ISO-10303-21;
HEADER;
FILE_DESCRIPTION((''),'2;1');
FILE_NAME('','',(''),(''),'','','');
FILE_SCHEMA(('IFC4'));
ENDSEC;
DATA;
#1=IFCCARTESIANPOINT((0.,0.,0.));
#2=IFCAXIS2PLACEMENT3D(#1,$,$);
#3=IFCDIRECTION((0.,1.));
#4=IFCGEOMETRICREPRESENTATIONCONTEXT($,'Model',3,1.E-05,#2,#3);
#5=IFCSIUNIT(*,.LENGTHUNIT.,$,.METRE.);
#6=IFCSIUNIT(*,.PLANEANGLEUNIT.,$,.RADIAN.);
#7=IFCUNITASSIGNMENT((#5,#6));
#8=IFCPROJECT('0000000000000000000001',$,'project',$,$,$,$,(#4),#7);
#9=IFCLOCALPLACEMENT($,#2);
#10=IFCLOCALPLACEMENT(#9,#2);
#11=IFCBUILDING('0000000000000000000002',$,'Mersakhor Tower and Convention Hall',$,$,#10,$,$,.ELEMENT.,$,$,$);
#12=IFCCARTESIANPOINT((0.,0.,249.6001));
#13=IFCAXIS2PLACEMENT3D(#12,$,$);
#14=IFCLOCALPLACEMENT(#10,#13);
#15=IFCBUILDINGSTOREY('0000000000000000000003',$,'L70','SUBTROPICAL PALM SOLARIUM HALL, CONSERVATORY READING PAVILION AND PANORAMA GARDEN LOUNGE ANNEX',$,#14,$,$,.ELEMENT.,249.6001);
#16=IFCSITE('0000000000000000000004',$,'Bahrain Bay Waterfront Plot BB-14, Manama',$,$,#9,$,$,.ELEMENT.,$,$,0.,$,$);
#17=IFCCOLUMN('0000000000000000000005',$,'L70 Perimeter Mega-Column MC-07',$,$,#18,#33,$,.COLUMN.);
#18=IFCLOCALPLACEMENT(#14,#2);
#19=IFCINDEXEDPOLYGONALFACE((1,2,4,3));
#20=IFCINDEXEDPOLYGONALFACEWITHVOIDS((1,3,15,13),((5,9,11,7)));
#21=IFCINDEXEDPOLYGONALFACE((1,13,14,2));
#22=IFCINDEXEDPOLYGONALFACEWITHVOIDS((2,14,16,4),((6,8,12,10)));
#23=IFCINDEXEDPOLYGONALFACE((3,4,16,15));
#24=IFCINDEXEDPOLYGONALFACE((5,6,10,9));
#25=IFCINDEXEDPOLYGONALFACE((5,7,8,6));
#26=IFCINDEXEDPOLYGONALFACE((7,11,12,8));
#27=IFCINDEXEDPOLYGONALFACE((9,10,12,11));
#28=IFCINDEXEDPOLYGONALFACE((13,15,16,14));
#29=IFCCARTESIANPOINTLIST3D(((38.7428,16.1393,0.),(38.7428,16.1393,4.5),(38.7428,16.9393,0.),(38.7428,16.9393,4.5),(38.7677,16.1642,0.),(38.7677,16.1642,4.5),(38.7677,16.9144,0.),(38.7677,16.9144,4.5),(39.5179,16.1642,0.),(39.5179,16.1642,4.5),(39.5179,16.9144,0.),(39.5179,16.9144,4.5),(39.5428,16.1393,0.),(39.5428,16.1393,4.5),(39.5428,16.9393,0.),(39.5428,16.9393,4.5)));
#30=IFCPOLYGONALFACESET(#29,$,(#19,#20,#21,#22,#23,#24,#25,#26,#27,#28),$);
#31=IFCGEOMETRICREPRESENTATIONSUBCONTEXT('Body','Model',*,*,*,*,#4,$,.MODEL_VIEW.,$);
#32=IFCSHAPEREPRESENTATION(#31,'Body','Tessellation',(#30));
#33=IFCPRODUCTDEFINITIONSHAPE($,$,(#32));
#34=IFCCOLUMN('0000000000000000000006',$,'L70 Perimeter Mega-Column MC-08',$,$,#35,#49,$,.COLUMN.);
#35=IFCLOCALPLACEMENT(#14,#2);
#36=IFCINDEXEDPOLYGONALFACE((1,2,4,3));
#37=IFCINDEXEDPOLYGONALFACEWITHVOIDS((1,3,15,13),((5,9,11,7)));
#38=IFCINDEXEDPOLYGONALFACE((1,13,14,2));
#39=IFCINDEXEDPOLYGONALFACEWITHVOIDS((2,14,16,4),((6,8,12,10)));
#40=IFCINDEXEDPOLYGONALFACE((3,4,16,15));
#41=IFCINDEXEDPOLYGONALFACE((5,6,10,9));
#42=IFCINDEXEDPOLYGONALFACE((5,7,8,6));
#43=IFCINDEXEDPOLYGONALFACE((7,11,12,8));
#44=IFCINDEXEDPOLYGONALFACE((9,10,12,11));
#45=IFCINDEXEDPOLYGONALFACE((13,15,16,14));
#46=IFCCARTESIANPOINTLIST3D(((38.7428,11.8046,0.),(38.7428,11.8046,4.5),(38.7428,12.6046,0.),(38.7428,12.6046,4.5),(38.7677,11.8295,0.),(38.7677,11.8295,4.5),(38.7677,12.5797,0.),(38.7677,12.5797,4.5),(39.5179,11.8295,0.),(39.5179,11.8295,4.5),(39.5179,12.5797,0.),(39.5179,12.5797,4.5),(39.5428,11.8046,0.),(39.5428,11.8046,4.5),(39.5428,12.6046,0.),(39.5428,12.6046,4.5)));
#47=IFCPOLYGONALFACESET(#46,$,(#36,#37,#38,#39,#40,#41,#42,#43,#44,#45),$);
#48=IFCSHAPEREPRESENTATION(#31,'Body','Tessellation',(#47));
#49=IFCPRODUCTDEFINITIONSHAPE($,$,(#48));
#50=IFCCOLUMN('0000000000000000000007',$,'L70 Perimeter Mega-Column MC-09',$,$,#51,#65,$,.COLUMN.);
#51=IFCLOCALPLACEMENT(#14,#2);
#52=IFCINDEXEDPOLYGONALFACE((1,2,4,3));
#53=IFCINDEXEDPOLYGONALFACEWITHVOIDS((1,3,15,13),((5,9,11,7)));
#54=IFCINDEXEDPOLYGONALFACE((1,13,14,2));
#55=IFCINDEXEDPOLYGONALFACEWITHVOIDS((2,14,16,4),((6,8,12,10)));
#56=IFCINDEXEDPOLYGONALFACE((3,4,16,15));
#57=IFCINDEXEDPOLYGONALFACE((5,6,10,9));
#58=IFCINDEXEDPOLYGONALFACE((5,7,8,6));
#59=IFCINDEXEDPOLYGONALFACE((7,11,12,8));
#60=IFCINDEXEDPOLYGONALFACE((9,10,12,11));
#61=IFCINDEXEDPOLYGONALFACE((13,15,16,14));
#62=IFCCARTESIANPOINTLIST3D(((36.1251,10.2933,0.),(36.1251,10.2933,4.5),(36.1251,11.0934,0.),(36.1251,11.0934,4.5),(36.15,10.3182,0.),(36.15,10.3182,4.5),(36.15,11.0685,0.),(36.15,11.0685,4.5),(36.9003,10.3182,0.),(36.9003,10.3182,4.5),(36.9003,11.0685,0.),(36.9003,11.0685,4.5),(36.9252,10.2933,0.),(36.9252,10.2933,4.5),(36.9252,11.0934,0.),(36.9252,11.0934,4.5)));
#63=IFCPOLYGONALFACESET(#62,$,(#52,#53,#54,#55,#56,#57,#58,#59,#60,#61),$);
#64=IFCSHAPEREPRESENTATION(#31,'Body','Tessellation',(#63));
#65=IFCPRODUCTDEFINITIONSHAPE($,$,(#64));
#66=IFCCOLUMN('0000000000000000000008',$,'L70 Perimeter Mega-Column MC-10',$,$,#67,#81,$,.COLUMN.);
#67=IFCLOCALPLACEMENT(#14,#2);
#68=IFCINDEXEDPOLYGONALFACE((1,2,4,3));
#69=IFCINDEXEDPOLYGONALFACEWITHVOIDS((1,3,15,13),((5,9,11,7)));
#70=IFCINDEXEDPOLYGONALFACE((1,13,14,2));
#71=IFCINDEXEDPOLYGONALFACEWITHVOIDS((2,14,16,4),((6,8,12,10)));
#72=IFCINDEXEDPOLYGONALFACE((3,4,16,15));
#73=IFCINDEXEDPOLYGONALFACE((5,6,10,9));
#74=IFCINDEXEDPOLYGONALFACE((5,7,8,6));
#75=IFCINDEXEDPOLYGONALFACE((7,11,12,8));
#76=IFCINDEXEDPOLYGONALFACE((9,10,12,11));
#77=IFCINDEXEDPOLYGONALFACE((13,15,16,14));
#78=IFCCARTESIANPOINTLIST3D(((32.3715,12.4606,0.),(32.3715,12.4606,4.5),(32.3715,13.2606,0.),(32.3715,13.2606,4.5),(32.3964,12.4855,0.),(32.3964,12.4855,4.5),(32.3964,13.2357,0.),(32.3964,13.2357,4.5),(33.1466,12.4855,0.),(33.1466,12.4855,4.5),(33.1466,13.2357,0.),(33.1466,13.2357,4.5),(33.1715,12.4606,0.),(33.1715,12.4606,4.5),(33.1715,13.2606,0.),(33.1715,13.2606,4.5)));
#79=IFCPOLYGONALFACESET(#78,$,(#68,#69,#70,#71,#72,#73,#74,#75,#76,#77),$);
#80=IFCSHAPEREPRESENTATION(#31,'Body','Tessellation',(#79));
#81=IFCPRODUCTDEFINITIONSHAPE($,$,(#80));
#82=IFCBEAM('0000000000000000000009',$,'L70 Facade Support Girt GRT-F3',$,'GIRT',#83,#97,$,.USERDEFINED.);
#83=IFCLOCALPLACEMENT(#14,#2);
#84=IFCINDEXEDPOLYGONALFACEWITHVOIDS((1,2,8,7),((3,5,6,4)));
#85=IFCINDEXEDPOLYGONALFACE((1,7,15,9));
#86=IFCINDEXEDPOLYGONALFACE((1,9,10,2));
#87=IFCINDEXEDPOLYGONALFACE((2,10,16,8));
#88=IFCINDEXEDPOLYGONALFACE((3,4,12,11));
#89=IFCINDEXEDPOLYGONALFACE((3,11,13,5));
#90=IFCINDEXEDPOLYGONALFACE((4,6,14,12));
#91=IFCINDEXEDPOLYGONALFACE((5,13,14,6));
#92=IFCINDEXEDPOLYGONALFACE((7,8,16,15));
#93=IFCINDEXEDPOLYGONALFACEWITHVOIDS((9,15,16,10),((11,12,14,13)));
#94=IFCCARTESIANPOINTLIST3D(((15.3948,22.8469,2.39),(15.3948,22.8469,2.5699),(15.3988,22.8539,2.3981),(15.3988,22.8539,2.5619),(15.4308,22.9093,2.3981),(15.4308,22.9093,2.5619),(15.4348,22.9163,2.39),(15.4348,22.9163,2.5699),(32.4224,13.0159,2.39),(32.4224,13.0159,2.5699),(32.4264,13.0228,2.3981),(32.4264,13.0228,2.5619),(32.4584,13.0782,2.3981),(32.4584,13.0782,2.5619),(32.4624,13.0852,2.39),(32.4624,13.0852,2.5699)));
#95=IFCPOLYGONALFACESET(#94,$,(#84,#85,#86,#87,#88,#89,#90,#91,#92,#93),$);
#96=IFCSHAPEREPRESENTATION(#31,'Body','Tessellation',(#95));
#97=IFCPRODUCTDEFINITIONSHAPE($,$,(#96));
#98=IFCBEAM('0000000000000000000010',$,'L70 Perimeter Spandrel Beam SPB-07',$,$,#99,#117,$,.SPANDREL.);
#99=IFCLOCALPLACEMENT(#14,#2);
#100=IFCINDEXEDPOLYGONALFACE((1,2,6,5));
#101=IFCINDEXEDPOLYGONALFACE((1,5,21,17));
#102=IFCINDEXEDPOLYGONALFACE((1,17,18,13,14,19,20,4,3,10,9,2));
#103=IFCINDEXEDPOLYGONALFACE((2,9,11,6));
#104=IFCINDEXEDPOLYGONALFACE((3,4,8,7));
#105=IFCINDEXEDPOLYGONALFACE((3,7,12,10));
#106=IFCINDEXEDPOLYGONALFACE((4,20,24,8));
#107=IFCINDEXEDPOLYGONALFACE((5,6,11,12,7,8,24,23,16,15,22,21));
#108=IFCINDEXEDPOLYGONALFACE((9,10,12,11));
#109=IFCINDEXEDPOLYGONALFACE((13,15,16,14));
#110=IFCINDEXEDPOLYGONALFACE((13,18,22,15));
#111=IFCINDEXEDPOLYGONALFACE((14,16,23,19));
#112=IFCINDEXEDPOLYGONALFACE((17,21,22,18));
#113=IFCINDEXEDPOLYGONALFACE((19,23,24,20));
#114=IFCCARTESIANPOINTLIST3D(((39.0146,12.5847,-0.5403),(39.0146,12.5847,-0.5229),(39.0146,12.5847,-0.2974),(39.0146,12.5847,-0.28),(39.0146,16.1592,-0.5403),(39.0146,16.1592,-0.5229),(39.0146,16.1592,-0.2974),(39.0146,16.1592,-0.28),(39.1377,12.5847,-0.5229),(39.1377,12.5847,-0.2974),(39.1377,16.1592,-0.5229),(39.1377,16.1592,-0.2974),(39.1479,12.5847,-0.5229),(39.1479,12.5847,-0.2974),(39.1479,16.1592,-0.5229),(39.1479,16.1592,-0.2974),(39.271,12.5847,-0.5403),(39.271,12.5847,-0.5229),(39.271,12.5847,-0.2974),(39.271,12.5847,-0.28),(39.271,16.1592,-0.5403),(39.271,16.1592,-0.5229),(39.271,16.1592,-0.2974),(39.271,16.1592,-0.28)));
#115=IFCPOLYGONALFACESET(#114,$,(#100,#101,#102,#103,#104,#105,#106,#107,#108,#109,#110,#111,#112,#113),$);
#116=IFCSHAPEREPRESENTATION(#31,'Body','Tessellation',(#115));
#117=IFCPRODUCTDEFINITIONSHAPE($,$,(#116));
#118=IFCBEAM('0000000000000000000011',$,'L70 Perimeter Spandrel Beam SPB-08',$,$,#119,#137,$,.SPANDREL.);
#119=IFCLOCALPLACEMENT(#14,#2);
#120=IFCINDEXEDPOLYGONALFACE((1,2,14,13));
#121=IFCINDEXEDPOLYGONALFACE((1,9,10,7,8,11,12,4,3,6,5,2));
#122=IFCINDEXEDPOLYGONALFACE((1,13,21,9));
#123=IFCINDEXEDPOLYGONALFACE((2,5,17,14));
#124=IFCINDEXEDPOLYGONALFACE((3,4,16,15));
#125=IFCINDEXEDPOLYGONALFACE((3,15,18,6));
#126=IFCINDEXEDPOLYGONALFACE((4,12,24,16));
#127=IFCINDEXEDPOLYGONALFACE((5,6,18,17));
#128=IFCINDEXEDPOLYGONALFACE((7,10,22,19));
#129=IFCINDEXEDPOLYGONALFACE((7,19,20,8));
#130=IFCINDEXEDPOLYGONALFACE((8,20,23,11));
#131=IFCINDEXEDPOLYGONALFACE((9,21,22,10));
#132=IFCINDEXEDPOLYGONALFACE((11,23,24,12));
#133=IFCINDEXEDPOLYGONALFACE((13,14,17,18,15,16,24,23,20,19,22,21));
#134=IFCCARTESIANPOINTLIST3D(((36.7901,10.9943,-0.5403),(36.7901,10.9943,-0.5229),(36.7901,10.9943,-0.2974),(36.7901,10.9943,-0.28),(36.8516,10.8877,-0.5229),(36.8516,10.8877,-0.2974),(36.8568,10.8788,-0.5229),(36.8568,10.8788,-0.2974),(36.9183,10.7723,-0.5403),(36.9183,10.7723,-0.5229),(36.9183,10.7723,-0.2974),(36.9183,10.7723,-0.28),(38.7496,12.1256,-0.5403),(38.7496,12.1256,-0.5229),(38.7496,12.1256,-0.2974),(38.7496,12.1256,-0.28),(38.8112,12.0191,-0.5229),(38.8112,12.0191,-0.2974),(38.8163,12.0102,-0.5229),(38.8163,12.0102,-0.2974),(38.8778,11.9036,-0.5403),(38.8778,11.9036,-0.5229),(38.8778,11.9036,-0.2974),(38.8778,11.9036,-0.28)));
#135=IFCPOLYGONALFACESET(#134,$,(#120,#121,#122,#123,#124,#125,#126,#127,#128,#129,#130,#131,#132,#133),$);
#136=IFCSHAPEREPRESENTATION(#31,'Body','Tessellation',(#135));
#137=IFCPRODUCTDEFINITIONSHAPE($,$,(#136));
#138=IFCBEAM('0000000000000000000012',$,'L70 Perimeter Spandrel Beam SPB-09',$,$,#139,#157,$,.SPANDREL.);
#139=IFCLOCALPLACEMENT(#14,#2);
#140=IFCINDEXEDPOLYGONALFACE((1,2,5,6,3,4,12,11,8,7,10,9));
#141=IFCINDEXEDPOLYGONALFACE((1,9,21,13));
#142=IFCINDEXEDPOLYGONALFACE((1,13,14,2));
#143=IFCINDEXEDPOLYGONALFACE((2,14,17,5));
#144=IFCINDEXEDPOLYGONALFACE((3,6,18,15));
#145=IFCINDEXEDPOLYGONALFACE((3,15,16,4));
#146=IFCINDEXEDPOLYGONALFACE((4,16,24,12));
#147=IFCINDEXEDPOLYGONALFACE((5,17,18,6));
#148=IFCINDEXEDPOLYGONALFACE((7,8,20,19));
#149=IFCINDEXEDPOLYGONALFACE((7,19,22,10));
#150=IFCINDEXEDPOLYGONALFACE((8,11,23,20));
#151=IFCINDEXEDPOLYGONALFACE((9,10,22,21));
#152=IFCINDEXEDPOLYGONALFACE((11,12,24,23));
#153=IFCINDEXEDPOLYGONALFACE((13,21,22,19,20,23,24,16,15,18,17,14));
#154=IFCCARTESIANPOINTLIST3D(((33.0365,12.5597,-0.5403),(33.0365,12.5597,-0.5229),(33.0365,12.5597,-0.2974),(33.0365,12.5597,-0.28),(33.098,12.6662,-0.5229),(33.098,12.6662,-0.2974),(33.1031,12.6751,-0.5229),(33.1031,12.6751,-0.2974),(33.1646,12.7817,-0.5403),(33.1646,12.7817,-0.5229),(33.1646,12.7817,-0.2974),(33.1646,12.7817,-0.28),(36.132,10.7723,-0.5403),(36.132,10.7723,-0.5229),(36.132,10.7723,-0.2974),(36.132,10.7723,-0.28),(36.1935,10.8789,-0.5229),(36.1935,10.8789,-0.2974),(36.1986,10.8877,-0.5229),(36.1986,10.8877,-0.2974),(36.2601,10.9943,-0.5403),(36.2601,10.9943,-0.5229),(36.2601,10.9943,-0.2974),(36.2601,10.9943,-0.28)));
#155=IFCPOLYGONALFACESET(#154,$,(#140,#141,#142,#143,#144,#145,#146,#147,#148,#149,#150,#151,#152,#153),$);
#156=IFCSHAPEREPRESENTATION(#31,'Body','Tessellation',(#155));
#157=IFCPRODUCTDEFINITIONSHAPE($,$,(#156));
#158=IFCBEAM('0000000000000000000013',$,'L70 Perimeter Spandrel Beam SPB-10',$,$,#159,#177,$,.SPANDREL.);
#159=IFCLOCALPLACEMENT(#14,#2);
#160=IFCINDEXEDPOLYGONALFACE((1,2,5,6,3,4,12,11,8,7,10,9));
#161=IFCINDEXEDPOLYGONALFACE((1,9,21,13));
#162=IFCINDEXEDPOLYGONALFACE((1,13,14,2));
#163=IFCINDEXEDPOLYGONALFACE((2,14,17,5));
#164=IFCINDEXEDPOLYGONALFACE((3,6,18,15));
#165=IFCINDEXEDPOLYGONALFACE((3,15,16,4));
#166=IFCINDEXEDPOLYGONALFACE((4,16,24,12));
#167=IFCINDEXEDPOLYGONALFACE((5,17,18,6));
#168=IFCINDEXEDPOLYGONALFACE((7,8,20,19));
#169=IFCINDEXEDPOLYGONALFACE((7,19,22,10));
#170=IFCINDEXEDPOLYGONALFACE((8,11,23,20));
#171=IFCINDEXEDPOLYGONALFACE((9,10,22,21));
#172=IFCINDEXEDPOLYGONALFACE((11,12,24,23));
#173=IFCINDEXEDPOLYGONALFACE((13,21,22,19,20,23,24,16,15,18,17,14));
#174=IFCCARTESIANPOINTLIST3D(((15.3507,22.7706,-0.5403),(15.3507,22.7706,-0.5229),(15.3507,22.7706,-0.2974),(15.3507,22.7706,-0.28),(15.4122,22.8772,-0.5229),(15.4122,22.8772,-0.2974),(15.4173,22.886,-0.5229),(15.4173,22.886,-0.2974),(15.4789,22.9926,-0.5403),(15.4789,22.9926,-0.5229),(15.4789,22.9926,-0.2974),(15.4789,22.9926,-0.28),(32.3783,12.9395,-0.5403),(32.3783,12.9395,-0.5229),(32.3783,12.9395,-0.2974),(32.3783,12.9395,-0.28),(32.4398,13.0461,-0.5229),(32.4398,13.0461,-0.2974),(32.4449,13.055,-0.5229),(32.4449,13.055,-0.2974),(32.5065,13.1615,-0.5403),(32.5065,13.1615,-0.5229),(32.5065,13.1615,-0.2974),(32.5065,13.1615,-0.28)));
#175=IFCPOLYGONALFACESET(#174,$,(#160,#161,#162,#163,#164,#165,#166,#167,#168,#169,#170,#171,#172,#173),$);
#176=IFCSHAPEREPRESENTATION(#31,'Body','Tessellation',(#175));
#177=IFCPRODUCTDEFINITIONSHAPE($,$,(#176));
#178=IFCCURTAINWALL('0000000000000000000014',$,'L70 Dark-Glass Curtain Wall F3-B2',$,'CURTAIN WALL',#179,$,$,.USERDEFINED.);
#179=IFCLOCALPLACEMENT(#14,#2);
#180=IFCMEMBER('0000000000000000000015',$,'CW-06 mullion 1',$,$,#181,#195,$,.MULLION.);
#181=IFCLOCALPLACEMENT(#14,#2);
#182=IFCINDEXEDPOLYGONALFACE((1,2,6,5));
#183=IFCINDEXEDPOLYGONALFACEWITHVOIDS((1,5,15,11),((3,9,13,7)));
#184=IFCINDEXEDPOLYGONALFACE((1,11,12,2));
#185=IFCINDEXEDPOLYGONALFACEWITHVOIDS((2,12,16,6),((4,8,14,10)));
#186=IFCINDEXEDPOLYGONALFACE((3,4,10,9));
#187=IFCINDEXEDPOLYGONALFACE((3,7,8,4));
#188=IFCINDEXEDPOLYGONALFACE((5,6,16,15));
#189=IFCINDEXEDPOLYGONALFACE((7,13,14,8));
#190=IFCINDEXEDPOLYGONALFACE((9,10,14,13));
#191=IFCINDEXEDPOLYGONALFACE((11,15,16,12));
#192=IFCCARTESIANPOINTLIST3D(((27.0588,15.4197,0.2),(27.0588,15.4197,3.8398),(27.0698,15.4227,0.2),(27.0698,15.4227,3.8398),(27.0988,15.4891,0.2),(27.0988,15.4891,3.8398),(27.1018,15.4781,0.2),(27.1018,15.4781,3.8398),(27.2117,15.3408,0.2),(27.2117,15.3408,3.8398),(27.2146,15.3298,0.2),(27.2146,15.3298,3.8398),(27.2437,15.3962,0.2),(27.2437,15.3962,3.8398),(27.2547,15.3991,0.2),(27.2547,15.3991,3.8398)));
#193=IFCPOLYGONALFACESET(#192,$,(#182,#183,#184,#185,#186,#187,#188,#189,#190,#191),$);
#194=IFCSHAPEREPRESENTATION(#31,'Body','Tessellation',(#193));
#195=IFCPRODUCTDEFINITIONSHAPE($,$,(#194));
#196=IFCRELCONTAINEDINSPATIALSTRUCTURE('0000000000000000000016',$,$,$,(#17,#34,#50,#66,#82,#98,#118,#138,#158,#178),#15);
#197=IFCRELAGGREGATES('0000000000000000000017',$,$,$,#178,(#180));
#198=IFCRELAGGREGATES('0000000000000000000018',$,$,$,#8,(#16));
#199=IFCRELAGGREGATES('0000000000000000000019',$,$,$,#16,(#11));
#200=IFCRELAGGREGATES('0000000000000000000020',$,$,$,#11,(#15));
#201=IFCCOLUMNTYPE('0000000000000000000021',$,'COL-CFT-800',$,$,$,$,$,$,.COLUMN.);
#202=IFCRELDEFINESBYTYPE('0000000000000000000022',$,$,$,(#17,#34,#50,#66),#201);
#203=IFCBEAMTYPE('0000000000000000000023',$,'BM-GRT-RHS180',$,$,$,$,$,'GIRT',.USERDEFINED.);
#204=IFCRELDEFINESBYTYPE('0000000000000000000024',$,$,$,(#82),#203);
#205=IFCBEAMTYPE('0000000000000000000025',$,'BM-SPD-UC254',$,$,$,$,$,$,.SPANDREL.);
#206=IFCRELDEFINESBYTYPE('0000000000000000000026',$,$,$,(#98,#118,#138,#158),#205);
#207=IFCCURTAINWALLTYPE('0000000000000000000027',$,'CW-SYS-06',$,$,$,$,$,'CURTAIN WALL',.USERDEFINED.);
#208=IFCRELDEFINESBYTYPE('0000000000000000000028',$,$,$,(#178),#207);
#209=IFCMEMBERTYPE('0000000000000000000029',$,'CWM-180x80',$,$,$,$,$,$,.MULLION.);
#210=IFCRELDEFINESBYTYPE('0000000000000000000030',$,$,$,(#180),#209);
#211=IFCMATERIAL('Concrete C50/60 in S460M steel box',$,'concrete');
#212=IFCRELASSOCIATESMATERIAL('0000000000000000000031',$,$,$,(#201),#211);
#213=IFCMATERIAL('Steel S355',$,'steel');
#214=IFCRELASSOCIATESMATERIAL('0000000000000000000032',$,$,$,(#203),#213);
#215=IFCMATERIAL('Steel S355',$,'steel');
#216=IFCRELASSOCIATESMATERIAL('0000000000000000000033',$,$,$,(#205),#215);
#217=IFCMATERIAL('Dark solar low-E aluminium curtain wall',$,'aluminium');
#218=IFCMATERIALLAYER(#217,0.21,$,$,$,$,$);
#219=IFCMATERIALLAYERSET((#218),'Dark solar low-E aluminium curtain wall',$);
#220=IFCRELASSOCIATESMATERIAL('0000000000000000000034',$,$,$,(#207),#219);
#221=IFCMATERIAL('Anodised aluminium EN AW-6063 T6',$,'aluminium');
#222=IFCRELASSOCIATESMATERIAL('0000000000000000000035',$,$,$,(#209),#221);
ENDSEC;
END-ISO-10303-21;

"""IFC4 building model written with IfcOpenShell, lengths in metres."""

from ifc_helpers import new_model, si_unit, direction, frame, origin, origin_2d, place, context, subcontext, project, spatial, hollow_rectangle, i_section, extrude, material, layer, layer_set, material_profile, profile_set, type_object, element, aggregate, save


model = new_model("IFC4")

# Units and contexts
model_context = context("Model", 3, precision=1e-05, world=origin(), true_north=direction((0.0, 1.0)))
body_context = subcontext(model_context, "Body", "Model", "MODEL_VIEW")
ifc_project = project(units=[si_unit("LENGTHUNIT", "METRE"), si_unit("PLANEANGLEUNIT", "RADIAN")], contexts=[model_context])

# Site, building, storey
site_placement = place(None, origin())
site = spatial("IfcSite", under=ifc_project, at=site_placement, Name="Bahrain Bay Waterfront Plot BB-14, Manama", CompositionType="ELEMENT", RefElevation=0.0)
building_placement = place(site_placement, origin())
building = spatial("IfcBuilding", under=site, at=building_placement, Name="Mersakhor Tower and Convention Hall", CompositionType="ELEMENT")
storey_placement = place(building_placement, frame((0.0, 0.0, 249.6001)))
storey = spatial("IfcBuildingStorey", under=building, at=storey_placement, Name="L70", Description="SUBTROPICAL PALM SOLARIUM HALL, CONSERVATORY READING PAVILION AND PANORAMA GARDEN LOUNGE ANNEX", CompositionType="ELEMENT", Elevation=249.6001)

# Columns
ifc_material_1 = material(Name="Concrete C50/60 in S460M steel box", Category="concrete")
ifc_material_profile_1 = material_profile(ifc_material_1, hollow_rectangle(XDim=0.8, YDim=0.8, WallThickness=0.0249, at=origin_2d()), Name="SHS 800x800x25")
ifc_profile_set_1 = profile_set([ifc_material_profile_1], Name="Concrete C50/60 in S460M steel box")
column_type = type_object("IfcColumnType", Name="COL-CFT-800", PredefinedType="COLUMN", material=ifc_profile_set_1)
for number, where, z_axis, x_axis, name in (
    (1, (39.1428, 16.5393, 0.0), (0.0, 0.0, 1.0), (1.0, 0.0, 0.0), "L70 Perimeter Mega-Column MC-07"),
    (2, (39.1428, 12.2046, 0.0), (0.0, 0.0, 1.0), (1.0, 0.0, 0.0), "L70 Perimeter Mega-Column MC-08"),
    (3, (36.5251, 10.6934, 0.0), (0.0, 0.0, 1.0), (1.0, 0.0, 0.0), "L70 Perimeter Mega-Column MC-09"),
    (4, (32.7715, 12.8606, 0.0), (0.0, 0.0, 1.0), (1.0, 0.0, 0.0), "L70 Perimeter Mega-Column MC-10"),
):
    element("IfcColumn", number, at=place(storey_placement, frame(where, z_axis=z_axis, x_axis=x_axis)), inside=storey, type_object=column_type, Name=name, PredefinedType="COLUMN", context=body_context, shape_type="SweptSolid", body=[
        extrude(hollow_rectangle(XDim=0.8, YDim=0.8, WallThickness=0.0249, at=origin_2d()), origin(), (0.0, 0.0, 1.0), 4.5),
    ])

# Beams
ifc_material_2 = material(Name="Steel S355", Category="steel")
ifc_material_profile_2 = material_profile(ifc_material_2, hollow_rectangle(XDim=0.0801, YDim=0.1799, WallThickness=0.0081, at=origin_2d()), Name="RHS 180x80x8")
ifc_profile_set_2 = profile_set([ifc_material_profile_2], Name="Steel S355")
beam_type_1 = type_object("IfcBeamType", Name="BM-GRT-RHS180", ElementType="GIRT", PredefinedType="USERDEFINED", material=ifc_profile_set_2)
beam_1_placement = place(storey_placement, frame((32.4424, 13.0505, 2.48), z_axis=(-0.866022, 0.500007, 0.0), x_axis=(-0.500007, -0.866022, 0.0)))
element("IfcBeam", 5, at=beam_1_placement, inside=storey, type_object=beam_type_1, Name="L70 Facade Support Girt GRT-F3", ObjectType="GIRT", PredefinedType="USERDEFINED", context=body_context, shape_type="SweptSolid", body=[
    extrude(hollow_rectangle(XDim=0.0801, YDim=0.1799, WallThickness=0.0081, at=origin_2d()), origin(), (0.0, 0.0, 1.0), 19.6619),
])
ifc_material_3 = material(Name="Steel S355", Category="steel")
ifc_material_profile_3 = material_profile(ifc_material_3, i_section(OverallWidth=0.2563, OverallDepth=0.2603, WebThickness=0.0103, FlangeThickness=0.0173, at=origin_2d()), Name="UC 254x254x89")
ifc_profile_set_3 = profile_set([ifc_material_profile_3], Name="Steel S355")
beam_type_2 = type_object("IfcBeamType", Name="BM-SPD-UC254", PredefinedType="SPANDREL", material=ifc_profile_set_3)
beam_2_placement = place(storey_placement, frame((39.1428, 16.1592, -0.4102), z_axis=(0.0, -1.0, 0.0), x_axis=(1.0, 0.0, 0.0)))
element("IfcBeam", 6, at=beam_2_placement, inside=storey, type_object=beam_type_2, Name="L70 Perimeter Spandrel Beam SPB-07", PredefinedType="SPANDREL", context=body_context, shape_type="SweptSolid", body=[
    extrude(i_section(OverallWidth=0.2563, OverallDepth=0.2603, WebThickness=0.0103, FlangeThickness=0.0173, at=origin_2d()), origin(), (0.0, 0.0, 1.0), 3.5745),
])
beam_3_placement = place(storey_placement, frame((38.8137, 12.0146, -0.4102), z_axis=(-0.866017, -0.500015, 0.0), x_axis=(0.500015, -0.866017, 0.0)))
element("IfcBeam", 7, at=beam_3_placement, inside=storey, type_object=beam_type_2, Name="L70 Perimeter Spandrel Beam SPB-08", PredefinedType="SPANDREL", context=body_context, shape_type="SweptSolid", body=[
    extrude(i_section(OverallWidth=0.2563, OverallDepth=0.2603, WebThickness=0.0103, FlangeThickness=0.0173, at=origin_2d()), origin(), (0.0, 0.0, 1.0), 2.2627),
])
beam_4_placement = place(storey_placement, frame((36.196, 10.8833, -0.4102), z_axis=(-0.866002, 0.50004, 0.0), x_axis=(-0.50004, -0.866002, 0.0)))
element("IfcBeam", 8, at=beam_4_placement, inside=storey, type_object=beam_type_2, Name="L70 Perimeter Spandrel Beam SPB-09", PredefinedType="SPANDREL", context=body_context, shape_type="SweptSolid", body=[
    extrude(i_section(OverallWidth=0.2563, OverallDepth=0.2603, WebThickness=0.0103, FlangeThickness=0.0173, at=origin_2d()), origin(), (0.0, 0.0, 1.0), 3.5745),
])
beam_5_placement = place(storey_placement, frame((32.4424, 13.0505, -0.4102), z_axis=(-0.866022, 0.500007, 0.0), x_axis=(-0.500007, -0.866022, 0.0)))
element("IfcBeam", 9, at=beam_5_placement, inside=storey, type_object=beam_type_2, Name="L70 Perimeter Spandrel Beam SPB-10", PredefinedType="SPANDREL", context=body_context, shape_type="SweptSolid", body=[
    extrude(i_section(OverallWidth=0.2563, OverallDepth=0.2603, WebThickness=0.0103, FlangeThickness=0.0173, at=origin_2d()), origin(), (0.0, 0.0, 1.0), 19.6619),
])

# Curtain wall, member
ifc_material_4 = material(Name="Dark solar low-E aluminium curtain wall", Category="aluminium")
ifc_layer_1 = layer(ifc_material_4, 0.21)
ifc_layer_set_1 = layer_set([ifc_layer_1], Name="Dark solar low-E aluminium curtain wall")
curtain_wall_type = type_object("IfcCurtainWallType", Name="CW-SYS-06", ElementType="CURTAIN WALL", PredefinedType="USERDEFINED", material=ifc_layer_set_1)
curtain_wall_placement = place(storey_placement, origin())
curtain_wall = element("IfcCurtainWall", 10, at=curtain_wall_placement, inside=storey, type_object=curtain_wall_type, Name="L70 Dark-Glass Curtain Wall F3-B2", ObjectType="CURTAIN WALL", PredefinedType="USERDEFINED")
ifc_material_5 = material(Name="Anodised aluminium EN AW-6063 T6", Category="aluminium")
ifc_material_profile_4 = material_profile(ifc_material_5, hollow_rectangle(XDim=0.0801, YDim=0.1799, WallThickness=0.0081, at=origin_2d()), Name="RHS 180x80x8")
ifc_profile_set_4 = profile_set([ifc_material_profile_4], Name="Anodised aluminium EN AW-6063 T6")
member_type_1 = type_object("IfcMemberType", Name="CWM-180x80", PredefinedType="MULLION", material=ifc_profile_set_4)
member_1_placement = place(storey_placement, frame((27.1567, 15.4094, 0.2), z_axis=(0.0, 0.0, 1.0), x_axis=(-0.500004, -0.866023, 0.0)))
member_1 = element("IfcMember", 11, at=member_1_placement, type_object=member_type_1, Name="CW-06 mullion 1", PredefinedType="MULLION", context=body_context, shape_type="SweptSolid", body=[
    extrude(hollow_rectangle(XDim=0.0801, YDim=0.1799, WallThickness=0.0081, at=origin_2d()), origin(), (0.0, 0.0, 1.0), 3.6399),
])
aggregate(curtain_wall, [member_1])

save(model, "model.ifc")
